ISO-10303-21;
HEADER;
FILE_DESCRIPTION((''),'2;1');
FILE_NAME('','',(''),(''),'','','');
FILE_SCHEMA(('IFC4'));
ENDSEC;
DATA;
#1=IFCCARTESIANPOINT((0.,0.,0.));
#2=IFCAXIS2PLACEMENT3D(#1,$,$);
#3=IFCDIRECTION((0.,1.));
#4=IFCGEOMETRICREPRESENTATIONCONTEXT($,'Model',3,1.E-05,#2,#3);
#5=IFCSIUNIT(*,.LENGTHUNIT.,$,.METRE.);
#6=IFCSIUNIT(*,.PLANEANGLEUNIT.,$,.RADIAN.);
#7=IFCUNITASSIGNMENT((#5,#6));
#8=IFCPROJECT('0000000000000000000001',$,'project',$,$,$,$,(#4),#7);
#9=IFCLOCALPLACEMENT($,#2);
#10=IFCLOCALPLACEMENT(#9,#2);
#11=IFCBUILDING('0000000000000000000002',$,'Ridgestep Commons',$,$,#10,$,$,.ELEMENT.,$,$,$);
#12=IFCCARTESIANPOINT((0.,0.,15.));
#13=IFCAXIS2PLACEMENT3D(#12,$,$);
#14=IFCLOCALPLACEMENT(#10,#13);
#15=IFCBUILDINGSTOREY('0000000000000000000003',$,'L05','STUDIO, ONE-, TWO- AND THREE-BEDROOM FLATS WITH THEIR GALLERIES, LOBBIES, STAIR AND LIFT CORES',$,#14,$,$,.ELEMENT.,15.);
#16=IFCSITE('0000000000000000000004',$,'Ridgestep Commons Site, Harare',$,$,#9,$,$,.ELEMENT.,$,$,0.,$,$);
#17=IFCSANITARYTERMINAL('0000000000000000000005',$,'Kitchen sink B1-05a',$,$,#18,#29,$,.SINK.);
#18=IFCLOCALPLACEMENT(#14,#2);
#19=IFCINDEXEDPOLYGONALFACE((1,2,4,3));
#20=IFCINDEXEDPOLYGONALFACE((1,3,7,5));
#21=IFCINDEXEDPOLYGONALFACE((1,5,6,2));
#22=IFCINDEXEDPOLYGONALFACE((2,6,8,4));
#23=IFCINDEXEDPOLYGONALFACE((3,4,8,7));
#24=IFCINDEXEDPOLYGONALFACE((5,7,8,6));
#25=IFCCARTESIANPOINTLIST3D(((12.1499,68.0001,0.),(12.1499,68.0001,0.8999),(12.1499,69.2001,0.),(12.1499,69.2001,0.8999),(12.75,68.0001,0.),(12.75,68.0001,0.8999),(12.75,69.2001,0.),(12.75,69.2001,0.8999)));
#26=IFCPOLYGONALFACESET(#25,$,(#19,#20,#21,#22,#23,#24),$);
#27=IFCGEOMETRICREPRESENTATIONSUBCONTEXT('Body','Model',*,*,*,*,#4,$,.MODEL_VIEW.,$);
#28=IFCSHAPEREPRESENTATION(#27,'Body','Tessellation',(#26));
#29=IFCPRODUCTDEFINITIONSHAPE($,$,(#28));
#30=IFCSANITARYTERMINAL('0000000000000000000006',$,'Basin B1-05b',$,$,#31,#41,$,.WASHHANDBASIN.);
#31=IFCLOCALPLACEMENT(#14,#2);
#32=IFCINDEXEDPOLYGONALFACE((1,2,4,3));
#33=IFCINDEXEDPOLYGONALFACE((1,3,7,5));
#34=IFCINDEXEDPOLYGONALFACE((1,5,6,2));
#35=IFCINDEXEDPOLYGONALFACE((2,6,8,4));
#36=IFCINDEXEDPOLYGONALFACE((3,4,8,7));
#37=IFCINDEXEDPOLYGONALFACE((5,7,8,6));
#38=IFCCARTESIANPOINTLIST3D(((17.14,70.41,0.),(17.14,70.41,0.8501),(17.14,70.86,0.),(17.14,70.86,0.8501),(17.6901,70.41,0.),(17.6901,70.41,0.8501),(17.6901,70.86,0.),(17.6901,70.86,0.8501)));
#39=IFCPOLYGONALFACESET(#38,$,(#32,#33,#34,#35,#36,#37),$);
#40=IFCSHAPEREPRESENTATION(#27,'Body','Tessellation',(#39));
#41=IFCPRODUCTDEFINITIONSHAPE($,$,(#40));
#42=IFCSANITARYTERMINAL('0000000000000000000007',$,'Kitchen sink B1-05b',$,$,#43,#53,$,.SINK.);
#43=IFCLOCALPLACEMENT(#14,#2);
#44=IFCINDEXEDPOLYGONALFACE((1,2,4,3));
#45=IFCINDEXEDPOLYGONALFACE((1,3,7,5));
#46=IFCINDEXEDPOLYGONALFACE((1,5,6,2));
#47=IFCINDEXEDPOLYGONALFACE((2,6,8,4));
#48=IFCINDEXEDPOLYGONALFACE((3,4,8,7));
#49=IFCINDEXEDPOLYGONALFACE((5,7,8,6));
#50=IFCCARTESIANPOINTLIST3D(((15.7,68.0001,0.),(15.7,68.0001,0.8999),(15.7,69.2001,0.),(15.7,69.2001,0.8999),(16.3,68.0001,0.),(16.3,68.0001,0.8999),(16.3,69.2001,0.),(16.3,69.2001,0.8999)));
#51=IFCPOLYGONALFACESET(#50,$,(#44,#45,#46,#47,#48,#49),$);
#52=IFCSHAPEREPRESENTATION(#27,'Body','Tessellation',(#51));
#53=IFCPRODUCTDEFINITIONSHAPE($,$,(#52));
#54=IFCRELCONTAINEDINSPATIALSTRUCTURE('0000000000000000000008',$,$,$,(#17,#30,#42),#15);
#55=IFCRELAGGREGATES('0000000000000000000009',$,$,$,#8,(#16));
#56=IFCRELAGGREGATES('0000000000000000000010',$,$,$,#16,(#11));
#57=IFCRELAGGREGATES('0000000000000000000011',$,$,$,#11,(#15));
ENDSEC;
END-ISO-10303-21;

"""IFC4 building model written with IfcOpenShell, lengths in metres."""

from ifc_helpers import new_model, si_unit, direction, frame, origin, origin_2d, place, context, subcontext, project, spatial, rectangle, extrude, element, save


model = new_model("IFC4")

# Units and contexts
model_context = context("Model", 3, precision=1e-05, world=origin(), true_north=direction((0.0, 1.0)))
body_context = subcontext(model_context, "Body", "Model", "MODEL_VIEW")
ifc_project = project(units=[si_unit("LENGTHUNIT", "METRE"), si_unit("PLANEANGLEUNIT", "RADIAN")], contexts=[model_context])

# Site, building, storey
site_placement = place(None, origin())
site = spatial("IfcSite", under=ifc_project, at=site_placement, Name="Ridgestep Commons Site, Harare", CompositionType="ELEMENT", RefElevation=0.0)
building_placement = place(site_placement, origin())
building = spatial("IfcBuilding", under=site, at=building_placement, Name="Ridgestep Commons", CompositionType="ELEMENT")
storey_placement = place(building_placement, frame((0.0, 0.0, 15.0)))
storey = spatial("IfcBuildingStorey", under=building, at=storey_placement, Name="L05", Description="STUDIO, ONE-, TWO- AND THREE-BEDROOM FLATS WITH THEIR GALLERIES, LOBBIES, STAIR AND LIFT CORES", CompositionType="ELEMENT", Elevation=15.0)

# Sanitary terminals
sanitary_terminal_1_placement = place(storey_placement, frame((12.45, 68.6001, 0.0), z_axis=(0.0, 0.0, 1.0), x_axis=(1.0, 0.0, 0.0)))
element("IfcSanitaryTerminal", 1, at=sanitary_terminal_1_placement, inside=storey, Name="Kitchen sink B1-05a", PredefinedType="SINK", context=body_context, shape_type="SweptSolid", body=[
    extrude(rectangle(XDim=0.6001, YDim=1.2, at=origin_2d()), origin(), (0.0, 0.0, 1.0), 0.8999),
])
sanitary_terminal_2_placement = place(storey_placement, frame((17.415, 70.635, 0.0), z_axis=(0.0, 0.0, 1.0), x_axis=(1.0, 0.0, 0.0)))
element("IfcSanitaryTerminal", 2, at=sanitary_terminal_2_placement, inside=storey, Name="Basin B1-05b", PredefinedType="WASHHANDBASIN", context=body_context, shape_type="SweptSolid", body=[
    extrude(rectangle(XDim=0.55, YDim=0.45, at=origin_2d()), origin(), (0.0, 0.0, 1.0), 0.8501),
])
sanitary_terminal_3_placement = place(storey_placement, frame((16.0, 68.6001, 0.0), z_axis=(0.0, 0.0, 1.0), x_axis=(1.0, 0.0, 0.0)))
element("IfcSanitaryTerminal", 3, at=sanitary_terminal_3_placement, inside=storey, Name="Kitchen sink B1-05b", PredefinedType="SINK", context=body_context, shape_type="SweptSolid", body=[
    extrude(rectangle(XDim=0.6001, YDim=1.2, at=origin_2d()), origin(), (0.0, 0.0, 1.0), 0.8999),
])

save(model, "model.ifc")
